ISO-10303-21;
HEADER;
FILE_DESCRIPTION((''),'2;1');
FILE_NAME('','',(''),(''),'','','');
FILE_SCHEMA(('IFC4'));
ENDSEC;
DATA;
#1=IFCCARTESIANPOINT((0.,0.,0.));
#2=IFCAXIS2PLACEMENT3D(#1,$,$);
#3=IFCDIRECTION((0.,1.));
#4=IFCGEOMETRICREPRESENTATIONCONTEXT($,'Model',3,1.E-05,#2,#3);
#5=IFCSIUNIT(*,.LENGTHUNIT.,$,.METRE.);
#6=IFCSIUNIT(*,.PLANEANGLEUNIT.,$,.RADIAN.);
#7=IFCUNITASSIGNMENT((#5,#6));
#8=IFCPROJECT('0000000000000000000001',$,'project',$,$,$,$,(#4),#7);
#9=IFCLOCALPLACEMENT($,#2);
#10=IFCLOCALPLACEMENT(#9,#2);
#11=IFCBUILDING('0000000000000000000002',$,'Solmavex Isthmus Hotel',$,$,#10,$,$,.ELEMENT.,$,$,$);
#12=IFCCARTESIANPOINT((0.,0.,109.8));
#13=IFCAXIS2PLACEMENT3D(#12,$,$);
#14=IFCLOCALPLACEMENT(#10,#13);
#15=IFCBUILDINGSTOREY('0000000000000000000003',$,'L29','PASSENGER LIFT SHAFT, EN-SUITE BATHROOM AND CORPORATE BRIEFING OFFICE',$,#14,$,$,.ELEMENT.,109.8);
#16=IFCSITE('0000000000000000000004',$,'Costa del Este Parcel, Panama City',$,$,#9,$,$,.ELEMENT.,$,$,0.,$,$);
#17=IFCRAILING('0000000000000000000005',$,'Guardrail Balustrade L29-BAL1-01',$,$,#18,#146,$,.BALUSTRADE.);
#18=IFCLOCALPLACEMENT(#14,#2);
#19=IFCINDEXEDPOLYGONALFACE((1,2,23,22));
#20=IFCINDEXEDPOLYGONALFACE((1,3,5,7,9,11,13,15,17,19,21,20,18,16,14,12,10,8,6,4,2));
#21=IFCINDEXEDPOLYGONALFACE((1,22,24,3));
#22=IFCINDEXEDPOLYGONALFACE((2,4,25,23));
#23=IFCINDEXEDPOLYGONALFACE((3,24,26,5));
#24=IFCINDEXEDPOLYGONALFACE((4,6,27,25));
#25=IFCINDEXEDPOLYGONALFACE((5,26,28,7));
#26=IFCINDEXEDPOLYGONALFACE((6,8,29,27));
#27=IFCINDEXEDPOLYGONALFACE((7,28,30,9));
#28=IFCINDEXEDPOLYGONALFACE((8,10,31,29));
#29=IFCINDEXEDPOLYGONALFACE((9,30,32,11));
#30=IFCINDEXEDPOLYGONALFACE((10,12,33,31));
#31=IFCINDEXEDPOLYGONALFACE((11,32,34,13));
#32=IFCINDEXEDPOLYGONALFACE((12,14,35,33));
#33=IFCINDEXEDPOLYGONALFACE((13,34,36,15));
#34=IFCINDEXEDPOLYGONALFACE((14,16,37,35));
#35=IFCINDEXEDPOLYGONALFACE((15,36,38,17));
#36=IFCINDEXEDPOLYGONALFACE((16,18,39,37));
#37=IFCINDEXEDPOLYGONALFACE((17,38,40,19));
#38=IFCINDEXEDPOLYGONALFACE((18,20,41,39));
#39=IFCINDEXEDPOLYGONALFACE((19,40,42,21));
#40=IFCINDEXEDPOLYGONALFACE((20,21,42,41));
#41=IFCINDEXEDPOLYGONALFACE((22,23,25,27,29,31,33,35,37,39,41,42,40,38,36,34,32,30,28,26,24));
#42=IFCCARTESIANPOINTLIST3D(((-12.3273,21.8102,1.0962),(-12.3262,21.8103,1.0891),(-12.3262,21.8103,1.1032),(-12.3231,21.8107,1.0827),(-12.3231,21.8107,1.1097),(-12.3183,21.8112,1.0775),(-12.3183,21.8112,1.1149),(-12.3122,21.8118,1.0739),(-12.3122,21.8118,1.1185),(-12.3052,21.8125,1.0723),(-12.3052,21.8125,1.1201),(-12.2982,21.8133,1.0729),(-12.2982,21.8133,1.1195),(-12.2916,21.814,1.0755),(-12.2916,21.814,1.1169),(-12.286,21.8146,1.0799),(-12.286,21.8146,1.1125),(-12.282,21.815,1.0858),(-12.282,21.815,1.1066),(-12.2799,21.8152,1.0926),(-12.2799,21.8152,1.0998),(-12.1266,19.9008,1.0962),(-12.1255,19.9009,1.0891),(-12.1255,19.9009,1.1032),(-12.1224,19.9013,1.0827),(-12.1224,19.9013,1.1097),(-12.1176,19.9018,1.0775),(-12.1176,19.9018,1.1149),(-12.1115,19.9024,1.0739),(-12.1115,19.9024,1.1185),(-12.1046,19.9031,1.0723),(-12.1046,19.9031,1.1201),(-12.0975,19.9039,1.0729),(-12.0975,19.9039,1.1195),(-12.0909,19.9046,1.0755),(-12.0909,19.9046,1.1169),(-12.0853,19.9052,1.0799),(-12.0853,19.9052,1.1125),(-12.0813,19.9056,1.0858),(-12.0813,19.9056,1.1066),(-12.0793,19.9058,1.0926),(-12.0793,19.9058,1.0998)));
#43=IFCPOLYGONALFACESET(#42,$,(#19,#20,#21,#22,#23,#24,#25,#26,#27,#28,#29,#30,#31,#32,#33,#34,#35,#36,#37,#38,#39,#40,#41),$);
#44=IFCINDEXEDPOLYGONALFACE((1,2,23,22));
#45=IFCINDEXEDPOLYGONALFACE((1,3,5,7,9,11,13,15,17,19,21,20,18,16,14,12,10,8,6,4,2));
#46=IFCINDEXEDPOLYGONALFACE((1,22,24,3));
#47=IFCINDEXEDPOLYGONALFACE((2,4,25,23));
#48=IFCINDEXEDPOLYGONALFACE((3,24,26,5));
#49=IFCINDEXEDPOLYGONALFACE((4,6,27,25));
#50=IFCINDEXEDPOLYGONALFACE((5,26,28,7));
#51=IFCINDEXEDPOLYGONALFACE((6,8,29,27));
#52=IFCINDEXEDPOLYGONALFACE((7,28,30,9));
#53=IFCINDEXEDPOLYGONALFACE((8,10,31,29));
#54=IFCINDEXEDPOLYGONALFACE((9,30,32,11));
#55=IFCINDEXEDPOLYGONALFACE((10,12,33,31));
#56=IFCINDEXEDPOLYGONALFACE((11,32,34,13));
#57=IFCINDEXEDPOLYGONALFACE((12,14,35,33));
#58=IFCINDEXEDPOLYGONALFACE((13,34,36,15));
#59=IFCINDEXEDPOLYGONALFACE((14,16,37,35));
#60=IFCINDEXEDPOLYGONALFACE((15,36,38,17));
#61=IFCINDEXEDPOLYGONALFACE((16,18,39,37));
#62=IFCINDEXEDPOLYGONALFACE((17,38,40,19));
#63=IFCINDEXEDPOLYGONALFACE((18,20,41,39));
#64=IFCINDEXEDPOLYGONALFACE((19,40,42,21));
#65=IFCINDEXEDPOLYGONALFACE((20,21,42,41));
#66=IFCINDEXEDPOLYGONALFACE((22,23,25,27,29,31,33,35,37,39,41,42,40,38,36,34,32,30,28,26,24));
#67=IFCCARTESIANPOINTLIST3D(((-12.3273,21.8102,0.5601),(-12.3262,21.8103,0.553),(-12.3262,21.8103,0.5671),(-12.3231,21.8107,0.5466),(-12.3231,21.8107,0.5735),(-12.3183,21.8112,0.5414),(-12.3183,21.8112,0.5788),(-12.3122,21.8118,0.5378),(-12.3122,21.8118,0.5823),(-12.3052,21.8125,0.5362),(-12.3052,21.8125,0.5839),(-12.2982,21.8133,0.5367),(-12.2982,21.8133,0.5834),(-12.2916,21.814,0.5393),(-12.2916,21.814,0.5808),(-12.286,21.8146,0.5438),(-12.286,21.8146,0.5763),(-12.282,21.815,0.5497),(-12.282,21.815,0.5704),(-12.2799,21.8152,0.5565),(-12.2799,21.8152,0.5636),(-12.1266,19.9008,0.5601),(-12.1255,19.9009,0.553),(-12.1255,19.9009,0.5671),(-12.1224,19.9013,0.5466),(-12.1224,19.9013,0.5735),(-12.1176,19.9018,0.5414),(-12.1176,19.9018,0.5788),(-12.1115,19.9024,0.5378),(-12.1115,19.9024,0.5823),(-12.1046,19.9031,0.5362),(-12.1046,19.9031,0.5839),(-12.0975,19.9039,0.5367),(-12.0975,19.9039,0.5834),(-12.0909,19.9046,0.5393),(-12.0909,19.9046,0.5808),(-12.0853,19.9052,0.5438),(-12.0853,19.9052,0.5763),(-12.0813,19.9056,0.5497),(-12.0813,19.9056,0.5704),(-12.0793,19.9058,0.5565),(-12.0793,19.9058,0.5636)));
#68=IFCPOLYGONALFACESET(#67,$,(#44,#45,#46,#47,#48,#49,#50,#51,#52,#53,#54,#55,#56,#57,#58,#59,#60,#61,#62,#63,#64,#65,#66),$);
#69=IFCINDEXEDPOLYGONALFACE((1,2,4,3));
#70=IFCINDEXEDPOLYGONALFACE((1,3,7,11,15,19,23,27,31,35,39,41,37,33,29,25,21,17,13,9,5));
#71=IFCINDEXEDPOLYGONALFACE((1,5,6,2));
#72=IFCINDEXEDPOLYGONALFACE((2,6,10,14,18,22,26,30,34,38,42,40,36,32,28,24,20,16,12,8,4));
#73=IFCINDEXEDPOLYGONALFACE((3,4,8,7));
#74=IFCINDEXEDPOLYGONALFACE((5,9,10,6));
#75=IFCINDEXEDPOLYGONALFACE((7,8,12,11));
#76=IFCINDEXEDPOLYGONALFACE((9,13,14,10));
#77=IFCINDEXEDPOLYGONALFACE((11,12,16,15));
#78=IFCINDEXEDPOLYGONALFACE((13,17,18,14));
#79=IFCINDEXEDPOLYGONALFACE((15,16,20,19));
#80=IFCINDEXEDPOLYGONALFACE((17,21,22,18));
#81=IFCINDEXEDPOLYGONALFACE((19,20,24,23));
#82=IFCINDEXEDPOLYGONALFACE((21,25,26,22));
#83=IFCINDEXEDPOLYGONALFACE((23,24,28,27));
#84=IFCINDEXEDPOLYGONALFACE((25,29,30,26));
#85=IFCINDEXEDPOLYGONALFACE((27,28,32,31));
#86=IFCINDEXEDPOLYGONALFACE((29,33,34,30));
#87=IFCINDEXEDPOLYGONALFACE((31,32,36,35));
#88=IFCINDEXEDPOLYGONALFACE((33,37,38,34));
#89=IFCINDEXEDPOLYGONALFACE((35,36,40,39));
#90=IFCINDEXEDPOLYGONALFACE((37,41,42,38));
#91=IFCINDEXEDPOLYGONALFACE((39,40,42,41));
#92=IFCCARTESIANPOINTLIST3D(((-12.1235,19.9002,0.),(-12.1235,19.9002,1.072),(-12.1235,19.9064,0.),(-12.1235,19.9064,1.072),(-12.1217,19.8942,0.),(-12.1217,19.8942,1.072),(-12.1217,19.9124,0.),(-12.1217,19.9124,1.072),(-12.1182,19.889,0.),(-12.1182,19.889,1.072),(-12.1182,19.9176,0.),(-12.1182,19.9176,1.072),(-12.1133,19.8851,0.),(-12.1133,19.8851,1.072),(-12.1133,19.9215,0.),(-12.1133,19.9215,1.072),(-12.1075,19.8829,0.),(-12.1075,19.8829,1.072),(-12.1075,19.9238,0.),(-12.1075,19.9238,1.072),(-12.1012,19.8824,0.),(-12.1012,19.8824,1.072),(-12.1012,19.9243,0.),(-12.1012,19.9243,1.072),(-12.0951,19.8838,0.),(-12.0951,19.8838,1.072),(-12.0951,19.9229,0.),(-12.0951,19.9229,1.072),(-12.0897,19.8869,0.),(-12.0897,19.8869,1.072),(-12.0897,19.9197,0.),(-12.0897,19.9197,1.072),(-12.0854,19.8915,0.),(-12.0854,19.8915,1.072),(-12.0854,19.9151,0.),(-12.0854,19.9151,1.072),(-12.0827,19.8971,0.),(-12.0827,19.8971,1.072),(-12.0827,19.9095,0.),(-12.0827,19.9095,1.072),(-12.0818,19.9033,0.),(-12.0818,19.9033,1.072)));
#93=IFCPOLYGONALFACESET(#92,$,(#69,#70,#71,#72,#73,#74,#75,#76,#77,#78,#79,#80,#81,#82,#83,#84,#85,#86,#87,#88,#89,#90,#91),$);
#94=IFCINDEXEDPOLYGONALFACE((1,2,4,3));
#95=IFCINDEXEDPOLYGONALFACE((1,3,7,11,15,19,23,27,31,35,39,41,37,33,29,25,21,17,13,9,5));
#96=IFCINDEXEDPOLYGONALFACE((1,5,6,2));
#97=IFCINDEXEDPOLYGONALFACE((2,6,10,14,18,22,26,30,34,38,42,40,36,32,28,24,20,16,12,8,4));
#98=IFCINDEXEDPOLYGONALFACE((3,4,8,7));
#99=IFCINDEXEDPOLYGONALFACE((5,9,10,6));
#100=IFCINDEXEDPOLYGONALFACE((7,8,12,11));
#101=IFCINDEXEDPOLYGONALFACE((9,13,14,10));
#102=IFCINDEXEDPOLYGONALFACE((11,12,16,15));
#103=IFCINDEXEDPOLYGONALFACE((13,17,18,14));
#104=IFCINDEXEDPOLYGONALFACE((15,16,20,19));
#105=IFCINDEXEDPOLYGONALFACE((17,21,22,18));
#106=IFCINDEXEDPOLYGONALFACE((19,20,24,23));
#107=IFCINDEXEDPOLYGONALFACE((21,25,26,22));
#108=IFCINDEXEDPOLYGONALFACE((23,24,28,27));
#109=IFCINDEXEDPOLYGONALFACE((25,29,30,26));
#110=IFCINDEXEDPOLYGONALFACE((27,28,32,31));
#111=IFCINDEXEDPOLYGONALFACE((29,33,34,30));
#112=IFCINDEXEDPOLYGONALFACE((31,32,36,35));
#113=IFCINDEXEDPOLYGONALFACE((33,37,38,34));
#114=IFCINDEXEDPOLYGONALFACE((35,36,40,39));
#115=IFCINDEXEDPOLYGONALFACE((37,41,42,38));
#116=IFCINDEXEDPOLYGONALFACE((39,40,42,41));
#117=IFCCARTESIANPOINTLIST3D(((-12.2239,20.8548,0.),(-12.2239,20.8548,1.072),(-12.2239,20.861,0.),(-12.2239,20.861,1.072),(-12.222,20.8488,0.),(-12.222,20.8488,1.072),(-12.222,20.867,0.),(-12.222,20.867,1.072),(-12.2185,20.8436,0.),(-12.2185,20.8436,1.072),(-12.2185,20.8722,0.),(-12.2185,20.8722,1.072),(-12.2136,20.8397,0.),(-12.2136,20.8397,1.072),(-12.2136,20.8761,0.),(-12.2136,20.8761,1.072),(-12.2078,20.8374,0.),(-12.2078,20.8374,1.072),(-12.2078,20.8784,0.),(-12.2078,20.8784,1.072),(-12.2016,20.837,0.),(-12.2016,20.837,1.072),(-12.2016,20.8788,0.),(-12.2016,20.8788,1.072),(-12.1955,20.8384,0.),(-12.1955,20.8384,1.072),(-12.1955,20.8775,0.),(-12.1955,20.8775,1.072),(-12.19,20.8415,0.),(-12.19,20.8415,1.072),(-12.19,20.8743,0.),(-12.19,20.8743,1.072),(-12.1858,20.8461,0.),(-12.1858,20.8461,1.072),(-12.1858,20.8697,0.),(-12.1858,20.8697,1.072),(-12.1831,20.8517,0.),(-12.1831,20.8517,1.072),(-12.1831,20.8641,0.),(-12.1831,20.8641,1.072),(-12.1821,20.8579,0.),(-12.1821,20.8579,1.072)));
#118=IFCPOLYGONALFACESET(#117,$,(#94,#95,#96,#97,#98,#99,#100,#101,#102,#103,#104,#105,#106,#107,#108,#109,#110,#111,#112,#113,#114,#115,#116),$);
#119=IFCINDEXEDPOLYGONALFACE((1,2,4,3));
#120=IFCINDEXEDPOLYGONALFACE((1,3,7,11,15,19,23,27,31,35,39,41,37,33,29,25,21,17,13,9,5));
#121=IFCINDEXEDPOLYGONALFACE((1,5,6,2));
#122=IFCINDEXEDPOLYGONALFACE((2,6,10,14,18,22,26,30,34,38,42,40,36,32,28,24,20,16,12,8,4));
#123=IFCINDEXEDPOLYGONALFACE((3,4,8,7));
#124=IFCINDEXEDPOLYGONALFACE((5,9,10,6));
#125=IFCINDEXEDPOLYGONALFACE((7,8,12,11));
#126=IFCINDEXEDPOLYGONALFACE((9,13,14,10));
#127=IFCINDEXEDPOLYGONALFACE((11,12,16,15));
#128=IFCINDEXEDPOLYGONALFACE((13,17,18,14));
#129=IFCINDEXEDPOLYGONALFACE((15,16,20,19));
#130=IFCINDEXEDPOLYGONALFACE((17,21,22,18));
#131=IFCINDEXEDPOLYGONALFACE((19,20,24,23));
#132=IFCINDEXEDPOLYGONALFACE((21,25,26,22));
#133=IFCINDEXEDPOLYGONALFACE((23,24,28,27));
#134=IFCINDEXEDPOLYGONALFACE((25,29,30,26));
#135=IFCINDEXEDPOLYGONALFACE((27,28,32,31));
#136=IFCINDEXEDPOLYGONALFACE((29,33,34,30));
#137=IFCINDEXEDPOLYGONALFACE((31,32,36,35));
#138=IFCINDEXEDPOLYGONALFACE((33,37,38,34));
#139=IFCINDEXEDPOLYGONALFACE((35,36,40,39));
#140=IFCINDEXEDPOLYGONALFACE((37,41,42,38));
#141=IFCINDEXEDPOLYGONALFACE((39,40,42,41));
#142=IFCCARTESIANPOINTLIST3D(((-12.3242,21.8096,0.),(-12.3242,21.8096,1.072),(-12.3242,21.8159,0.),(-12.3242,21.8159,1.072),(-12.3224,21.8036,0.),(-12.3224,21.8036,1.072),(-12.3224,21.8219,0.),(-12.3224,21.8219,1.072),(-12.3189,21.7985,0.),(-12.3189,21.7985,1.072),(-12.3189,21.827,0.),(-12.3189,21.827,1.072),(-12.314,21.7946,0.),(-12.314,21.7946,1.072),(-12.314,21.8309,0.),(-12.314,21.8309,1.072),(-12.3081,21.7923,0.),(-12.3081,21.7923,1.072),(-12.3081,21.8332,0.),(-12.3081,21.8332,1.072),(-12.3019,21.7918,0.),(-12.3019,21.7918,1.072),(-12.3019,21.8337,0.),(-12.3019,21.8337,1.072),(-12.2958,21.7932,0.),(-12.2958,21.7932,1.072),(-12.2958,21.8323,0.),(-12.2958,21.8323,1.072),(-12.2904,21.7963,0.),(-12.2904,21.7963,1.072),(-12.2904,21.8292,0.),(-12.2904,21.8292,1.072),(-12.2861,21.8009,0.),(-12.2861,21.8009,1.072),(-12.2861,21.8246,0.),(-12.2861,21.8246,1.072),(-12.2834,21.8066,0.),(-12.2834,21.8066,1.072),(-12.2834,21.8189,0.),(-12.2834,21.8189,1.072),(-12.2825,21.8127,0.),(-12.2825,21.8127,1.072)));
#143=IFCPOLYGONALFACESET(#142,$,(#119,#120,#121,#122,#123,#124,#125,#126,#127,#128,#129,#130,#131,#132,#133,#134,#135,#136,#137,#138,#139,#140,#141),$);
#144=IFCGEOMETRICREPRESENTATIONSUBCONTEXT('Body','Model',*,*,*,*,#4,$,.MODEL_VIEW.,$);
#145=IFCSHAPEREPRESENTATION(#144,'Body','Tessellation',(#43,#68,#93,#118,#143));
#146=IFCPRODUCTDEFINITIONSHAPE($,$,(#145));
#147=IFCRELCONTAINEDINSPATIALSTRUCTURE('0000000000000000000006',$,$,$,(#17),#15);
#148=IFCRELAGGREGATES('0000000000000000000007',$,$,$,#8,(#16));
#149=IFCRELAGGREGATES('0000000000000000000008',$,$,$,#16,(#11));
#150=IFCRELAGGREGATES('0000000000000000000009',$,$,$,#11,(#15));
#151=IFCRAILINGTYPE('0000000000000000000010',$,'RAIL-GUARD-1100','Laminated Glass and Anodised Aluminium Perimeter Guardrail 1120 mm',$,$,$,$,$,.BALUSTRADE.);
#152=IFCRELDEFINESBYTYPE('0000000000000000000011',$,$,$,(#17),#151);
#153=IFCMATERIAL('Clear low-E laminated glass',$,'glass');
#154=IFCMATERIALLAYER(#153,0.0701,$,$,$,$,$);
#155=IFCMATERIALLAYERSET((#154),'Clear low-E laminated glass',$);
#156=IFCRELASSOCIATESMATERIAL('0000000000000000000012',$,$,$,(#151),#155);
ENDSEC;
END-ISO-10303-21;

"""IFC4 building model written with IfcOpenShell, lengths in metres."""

from ifc_helpers import new_model, si_unit, direction, frame, origin, origin_2d, place, context, subcontext, project, spatial, circle, extrude, material, layer, layer_set, type_object, element, save


model = new_model("IFC4")

# Units and contexts
model_context = context("Model", 3, precision=1e-05, world=origin(), true_north=direction((0.0, 1.0)))
body_context = subcontext(model_context, "Body", "Model", "MODEL_VIEW")
ifc_project = project(units=[si_unit("LENGTHUNIT", "METRE"), si_unit("PLANEANGLEUNIT", "RADIAN")], contexts=[model_context])

# Site, building, storey
site_placement = place(None, origin())
site = spatial("IfcSite", under=ifc_project, at=site_placement, Name="Costa del Este Parcel, Panama City", CompositionType="ELEMENT", RefElevation=0.0)
building_placement = place(site_placement, origin())
building = spatial("IfcBuilding", under=site, at=building_placement, Name="Solmavex Isthmus Hotel", CompositionType="ELEMENT")
storey_placement = place(building_placement, frame((0.0, 0.0, 109.8)))
storey = spatial("IfcBuildingStorey", under=building, at=storey_placement, Name="L29", Description="PASSENGER LIFT SHAFT, EN-SUITE BATHROOM AND CORPORATE BRIEFING OFFICE", CompositionType="ELEMENT", Elevation=109.8)

# Shared definitions
ifc_material_1 = material(Name="Clear low-E laminated glass", Category="glass")

# Railing
ifc_layer_1 = layer(ifc_material_1, 0.0701)
ifc_layer_set_1 = layer_set([ifc_layer_1], Name="Clear low-E laminated glass")
railing_type = type_object("IfcRailingType", Name="RAIL-GUARD-1100", Description="Laminated Glass and Anodised Aluminium Perimeter Guardrail 1120 mm", PredefinedType="BALUSTRADE", material=ifc_layer_set_1)
railing_1_placement = place(storey_placement, frame((-12.1028, 19.9033, 0.0)))
element("IfcRailing", 1, at=railing_1_placement, inside=storey, type_object=railing_type, Name="Guardrail Balustrade L29-BAL1-01", PredefinedType="BALUSTRADE", context=body_context, shape_type="SweptSolid", body=[
    extrude(circle(Radius=0.0239, at=origin_2d()), frame((0.0, 0.0, 1.0962), z_axis=(-0.104526, 0.994522, 0.0), x_axis=(-0.994522, -0.104526, 0.0)), (0.0, 0.0, 1.0), 1.9199),
    extrude(circle(Radius=0.0239, at=origin_2d()), frame((0.0, 0.0, 0.5601), z_axis=(-0.104526, 0.994522, 0.0), x_axis=(-0.994522, -0.104526, 0.0)), (0.0, 0.0, 1.0), 1.9199),
    extrude(circle(Radius=0.021, at=origin_2d()), origin(), (0.0, 0.0, 1.0), 1.072),
    extrude(circle(Radius=0.021, at=origin_2d()), frame((-0.1003, 0.9546, 0.0)), (0.0, 0.0, 1.0), 1.072),
    extrude(circle(Radius=0.021, at=origin_2d()), frame((-0.2007, 1.9094, 0.0)), (0.0, 0.0, 1.0), 1.072),
])

save(model, "model.ifc")
